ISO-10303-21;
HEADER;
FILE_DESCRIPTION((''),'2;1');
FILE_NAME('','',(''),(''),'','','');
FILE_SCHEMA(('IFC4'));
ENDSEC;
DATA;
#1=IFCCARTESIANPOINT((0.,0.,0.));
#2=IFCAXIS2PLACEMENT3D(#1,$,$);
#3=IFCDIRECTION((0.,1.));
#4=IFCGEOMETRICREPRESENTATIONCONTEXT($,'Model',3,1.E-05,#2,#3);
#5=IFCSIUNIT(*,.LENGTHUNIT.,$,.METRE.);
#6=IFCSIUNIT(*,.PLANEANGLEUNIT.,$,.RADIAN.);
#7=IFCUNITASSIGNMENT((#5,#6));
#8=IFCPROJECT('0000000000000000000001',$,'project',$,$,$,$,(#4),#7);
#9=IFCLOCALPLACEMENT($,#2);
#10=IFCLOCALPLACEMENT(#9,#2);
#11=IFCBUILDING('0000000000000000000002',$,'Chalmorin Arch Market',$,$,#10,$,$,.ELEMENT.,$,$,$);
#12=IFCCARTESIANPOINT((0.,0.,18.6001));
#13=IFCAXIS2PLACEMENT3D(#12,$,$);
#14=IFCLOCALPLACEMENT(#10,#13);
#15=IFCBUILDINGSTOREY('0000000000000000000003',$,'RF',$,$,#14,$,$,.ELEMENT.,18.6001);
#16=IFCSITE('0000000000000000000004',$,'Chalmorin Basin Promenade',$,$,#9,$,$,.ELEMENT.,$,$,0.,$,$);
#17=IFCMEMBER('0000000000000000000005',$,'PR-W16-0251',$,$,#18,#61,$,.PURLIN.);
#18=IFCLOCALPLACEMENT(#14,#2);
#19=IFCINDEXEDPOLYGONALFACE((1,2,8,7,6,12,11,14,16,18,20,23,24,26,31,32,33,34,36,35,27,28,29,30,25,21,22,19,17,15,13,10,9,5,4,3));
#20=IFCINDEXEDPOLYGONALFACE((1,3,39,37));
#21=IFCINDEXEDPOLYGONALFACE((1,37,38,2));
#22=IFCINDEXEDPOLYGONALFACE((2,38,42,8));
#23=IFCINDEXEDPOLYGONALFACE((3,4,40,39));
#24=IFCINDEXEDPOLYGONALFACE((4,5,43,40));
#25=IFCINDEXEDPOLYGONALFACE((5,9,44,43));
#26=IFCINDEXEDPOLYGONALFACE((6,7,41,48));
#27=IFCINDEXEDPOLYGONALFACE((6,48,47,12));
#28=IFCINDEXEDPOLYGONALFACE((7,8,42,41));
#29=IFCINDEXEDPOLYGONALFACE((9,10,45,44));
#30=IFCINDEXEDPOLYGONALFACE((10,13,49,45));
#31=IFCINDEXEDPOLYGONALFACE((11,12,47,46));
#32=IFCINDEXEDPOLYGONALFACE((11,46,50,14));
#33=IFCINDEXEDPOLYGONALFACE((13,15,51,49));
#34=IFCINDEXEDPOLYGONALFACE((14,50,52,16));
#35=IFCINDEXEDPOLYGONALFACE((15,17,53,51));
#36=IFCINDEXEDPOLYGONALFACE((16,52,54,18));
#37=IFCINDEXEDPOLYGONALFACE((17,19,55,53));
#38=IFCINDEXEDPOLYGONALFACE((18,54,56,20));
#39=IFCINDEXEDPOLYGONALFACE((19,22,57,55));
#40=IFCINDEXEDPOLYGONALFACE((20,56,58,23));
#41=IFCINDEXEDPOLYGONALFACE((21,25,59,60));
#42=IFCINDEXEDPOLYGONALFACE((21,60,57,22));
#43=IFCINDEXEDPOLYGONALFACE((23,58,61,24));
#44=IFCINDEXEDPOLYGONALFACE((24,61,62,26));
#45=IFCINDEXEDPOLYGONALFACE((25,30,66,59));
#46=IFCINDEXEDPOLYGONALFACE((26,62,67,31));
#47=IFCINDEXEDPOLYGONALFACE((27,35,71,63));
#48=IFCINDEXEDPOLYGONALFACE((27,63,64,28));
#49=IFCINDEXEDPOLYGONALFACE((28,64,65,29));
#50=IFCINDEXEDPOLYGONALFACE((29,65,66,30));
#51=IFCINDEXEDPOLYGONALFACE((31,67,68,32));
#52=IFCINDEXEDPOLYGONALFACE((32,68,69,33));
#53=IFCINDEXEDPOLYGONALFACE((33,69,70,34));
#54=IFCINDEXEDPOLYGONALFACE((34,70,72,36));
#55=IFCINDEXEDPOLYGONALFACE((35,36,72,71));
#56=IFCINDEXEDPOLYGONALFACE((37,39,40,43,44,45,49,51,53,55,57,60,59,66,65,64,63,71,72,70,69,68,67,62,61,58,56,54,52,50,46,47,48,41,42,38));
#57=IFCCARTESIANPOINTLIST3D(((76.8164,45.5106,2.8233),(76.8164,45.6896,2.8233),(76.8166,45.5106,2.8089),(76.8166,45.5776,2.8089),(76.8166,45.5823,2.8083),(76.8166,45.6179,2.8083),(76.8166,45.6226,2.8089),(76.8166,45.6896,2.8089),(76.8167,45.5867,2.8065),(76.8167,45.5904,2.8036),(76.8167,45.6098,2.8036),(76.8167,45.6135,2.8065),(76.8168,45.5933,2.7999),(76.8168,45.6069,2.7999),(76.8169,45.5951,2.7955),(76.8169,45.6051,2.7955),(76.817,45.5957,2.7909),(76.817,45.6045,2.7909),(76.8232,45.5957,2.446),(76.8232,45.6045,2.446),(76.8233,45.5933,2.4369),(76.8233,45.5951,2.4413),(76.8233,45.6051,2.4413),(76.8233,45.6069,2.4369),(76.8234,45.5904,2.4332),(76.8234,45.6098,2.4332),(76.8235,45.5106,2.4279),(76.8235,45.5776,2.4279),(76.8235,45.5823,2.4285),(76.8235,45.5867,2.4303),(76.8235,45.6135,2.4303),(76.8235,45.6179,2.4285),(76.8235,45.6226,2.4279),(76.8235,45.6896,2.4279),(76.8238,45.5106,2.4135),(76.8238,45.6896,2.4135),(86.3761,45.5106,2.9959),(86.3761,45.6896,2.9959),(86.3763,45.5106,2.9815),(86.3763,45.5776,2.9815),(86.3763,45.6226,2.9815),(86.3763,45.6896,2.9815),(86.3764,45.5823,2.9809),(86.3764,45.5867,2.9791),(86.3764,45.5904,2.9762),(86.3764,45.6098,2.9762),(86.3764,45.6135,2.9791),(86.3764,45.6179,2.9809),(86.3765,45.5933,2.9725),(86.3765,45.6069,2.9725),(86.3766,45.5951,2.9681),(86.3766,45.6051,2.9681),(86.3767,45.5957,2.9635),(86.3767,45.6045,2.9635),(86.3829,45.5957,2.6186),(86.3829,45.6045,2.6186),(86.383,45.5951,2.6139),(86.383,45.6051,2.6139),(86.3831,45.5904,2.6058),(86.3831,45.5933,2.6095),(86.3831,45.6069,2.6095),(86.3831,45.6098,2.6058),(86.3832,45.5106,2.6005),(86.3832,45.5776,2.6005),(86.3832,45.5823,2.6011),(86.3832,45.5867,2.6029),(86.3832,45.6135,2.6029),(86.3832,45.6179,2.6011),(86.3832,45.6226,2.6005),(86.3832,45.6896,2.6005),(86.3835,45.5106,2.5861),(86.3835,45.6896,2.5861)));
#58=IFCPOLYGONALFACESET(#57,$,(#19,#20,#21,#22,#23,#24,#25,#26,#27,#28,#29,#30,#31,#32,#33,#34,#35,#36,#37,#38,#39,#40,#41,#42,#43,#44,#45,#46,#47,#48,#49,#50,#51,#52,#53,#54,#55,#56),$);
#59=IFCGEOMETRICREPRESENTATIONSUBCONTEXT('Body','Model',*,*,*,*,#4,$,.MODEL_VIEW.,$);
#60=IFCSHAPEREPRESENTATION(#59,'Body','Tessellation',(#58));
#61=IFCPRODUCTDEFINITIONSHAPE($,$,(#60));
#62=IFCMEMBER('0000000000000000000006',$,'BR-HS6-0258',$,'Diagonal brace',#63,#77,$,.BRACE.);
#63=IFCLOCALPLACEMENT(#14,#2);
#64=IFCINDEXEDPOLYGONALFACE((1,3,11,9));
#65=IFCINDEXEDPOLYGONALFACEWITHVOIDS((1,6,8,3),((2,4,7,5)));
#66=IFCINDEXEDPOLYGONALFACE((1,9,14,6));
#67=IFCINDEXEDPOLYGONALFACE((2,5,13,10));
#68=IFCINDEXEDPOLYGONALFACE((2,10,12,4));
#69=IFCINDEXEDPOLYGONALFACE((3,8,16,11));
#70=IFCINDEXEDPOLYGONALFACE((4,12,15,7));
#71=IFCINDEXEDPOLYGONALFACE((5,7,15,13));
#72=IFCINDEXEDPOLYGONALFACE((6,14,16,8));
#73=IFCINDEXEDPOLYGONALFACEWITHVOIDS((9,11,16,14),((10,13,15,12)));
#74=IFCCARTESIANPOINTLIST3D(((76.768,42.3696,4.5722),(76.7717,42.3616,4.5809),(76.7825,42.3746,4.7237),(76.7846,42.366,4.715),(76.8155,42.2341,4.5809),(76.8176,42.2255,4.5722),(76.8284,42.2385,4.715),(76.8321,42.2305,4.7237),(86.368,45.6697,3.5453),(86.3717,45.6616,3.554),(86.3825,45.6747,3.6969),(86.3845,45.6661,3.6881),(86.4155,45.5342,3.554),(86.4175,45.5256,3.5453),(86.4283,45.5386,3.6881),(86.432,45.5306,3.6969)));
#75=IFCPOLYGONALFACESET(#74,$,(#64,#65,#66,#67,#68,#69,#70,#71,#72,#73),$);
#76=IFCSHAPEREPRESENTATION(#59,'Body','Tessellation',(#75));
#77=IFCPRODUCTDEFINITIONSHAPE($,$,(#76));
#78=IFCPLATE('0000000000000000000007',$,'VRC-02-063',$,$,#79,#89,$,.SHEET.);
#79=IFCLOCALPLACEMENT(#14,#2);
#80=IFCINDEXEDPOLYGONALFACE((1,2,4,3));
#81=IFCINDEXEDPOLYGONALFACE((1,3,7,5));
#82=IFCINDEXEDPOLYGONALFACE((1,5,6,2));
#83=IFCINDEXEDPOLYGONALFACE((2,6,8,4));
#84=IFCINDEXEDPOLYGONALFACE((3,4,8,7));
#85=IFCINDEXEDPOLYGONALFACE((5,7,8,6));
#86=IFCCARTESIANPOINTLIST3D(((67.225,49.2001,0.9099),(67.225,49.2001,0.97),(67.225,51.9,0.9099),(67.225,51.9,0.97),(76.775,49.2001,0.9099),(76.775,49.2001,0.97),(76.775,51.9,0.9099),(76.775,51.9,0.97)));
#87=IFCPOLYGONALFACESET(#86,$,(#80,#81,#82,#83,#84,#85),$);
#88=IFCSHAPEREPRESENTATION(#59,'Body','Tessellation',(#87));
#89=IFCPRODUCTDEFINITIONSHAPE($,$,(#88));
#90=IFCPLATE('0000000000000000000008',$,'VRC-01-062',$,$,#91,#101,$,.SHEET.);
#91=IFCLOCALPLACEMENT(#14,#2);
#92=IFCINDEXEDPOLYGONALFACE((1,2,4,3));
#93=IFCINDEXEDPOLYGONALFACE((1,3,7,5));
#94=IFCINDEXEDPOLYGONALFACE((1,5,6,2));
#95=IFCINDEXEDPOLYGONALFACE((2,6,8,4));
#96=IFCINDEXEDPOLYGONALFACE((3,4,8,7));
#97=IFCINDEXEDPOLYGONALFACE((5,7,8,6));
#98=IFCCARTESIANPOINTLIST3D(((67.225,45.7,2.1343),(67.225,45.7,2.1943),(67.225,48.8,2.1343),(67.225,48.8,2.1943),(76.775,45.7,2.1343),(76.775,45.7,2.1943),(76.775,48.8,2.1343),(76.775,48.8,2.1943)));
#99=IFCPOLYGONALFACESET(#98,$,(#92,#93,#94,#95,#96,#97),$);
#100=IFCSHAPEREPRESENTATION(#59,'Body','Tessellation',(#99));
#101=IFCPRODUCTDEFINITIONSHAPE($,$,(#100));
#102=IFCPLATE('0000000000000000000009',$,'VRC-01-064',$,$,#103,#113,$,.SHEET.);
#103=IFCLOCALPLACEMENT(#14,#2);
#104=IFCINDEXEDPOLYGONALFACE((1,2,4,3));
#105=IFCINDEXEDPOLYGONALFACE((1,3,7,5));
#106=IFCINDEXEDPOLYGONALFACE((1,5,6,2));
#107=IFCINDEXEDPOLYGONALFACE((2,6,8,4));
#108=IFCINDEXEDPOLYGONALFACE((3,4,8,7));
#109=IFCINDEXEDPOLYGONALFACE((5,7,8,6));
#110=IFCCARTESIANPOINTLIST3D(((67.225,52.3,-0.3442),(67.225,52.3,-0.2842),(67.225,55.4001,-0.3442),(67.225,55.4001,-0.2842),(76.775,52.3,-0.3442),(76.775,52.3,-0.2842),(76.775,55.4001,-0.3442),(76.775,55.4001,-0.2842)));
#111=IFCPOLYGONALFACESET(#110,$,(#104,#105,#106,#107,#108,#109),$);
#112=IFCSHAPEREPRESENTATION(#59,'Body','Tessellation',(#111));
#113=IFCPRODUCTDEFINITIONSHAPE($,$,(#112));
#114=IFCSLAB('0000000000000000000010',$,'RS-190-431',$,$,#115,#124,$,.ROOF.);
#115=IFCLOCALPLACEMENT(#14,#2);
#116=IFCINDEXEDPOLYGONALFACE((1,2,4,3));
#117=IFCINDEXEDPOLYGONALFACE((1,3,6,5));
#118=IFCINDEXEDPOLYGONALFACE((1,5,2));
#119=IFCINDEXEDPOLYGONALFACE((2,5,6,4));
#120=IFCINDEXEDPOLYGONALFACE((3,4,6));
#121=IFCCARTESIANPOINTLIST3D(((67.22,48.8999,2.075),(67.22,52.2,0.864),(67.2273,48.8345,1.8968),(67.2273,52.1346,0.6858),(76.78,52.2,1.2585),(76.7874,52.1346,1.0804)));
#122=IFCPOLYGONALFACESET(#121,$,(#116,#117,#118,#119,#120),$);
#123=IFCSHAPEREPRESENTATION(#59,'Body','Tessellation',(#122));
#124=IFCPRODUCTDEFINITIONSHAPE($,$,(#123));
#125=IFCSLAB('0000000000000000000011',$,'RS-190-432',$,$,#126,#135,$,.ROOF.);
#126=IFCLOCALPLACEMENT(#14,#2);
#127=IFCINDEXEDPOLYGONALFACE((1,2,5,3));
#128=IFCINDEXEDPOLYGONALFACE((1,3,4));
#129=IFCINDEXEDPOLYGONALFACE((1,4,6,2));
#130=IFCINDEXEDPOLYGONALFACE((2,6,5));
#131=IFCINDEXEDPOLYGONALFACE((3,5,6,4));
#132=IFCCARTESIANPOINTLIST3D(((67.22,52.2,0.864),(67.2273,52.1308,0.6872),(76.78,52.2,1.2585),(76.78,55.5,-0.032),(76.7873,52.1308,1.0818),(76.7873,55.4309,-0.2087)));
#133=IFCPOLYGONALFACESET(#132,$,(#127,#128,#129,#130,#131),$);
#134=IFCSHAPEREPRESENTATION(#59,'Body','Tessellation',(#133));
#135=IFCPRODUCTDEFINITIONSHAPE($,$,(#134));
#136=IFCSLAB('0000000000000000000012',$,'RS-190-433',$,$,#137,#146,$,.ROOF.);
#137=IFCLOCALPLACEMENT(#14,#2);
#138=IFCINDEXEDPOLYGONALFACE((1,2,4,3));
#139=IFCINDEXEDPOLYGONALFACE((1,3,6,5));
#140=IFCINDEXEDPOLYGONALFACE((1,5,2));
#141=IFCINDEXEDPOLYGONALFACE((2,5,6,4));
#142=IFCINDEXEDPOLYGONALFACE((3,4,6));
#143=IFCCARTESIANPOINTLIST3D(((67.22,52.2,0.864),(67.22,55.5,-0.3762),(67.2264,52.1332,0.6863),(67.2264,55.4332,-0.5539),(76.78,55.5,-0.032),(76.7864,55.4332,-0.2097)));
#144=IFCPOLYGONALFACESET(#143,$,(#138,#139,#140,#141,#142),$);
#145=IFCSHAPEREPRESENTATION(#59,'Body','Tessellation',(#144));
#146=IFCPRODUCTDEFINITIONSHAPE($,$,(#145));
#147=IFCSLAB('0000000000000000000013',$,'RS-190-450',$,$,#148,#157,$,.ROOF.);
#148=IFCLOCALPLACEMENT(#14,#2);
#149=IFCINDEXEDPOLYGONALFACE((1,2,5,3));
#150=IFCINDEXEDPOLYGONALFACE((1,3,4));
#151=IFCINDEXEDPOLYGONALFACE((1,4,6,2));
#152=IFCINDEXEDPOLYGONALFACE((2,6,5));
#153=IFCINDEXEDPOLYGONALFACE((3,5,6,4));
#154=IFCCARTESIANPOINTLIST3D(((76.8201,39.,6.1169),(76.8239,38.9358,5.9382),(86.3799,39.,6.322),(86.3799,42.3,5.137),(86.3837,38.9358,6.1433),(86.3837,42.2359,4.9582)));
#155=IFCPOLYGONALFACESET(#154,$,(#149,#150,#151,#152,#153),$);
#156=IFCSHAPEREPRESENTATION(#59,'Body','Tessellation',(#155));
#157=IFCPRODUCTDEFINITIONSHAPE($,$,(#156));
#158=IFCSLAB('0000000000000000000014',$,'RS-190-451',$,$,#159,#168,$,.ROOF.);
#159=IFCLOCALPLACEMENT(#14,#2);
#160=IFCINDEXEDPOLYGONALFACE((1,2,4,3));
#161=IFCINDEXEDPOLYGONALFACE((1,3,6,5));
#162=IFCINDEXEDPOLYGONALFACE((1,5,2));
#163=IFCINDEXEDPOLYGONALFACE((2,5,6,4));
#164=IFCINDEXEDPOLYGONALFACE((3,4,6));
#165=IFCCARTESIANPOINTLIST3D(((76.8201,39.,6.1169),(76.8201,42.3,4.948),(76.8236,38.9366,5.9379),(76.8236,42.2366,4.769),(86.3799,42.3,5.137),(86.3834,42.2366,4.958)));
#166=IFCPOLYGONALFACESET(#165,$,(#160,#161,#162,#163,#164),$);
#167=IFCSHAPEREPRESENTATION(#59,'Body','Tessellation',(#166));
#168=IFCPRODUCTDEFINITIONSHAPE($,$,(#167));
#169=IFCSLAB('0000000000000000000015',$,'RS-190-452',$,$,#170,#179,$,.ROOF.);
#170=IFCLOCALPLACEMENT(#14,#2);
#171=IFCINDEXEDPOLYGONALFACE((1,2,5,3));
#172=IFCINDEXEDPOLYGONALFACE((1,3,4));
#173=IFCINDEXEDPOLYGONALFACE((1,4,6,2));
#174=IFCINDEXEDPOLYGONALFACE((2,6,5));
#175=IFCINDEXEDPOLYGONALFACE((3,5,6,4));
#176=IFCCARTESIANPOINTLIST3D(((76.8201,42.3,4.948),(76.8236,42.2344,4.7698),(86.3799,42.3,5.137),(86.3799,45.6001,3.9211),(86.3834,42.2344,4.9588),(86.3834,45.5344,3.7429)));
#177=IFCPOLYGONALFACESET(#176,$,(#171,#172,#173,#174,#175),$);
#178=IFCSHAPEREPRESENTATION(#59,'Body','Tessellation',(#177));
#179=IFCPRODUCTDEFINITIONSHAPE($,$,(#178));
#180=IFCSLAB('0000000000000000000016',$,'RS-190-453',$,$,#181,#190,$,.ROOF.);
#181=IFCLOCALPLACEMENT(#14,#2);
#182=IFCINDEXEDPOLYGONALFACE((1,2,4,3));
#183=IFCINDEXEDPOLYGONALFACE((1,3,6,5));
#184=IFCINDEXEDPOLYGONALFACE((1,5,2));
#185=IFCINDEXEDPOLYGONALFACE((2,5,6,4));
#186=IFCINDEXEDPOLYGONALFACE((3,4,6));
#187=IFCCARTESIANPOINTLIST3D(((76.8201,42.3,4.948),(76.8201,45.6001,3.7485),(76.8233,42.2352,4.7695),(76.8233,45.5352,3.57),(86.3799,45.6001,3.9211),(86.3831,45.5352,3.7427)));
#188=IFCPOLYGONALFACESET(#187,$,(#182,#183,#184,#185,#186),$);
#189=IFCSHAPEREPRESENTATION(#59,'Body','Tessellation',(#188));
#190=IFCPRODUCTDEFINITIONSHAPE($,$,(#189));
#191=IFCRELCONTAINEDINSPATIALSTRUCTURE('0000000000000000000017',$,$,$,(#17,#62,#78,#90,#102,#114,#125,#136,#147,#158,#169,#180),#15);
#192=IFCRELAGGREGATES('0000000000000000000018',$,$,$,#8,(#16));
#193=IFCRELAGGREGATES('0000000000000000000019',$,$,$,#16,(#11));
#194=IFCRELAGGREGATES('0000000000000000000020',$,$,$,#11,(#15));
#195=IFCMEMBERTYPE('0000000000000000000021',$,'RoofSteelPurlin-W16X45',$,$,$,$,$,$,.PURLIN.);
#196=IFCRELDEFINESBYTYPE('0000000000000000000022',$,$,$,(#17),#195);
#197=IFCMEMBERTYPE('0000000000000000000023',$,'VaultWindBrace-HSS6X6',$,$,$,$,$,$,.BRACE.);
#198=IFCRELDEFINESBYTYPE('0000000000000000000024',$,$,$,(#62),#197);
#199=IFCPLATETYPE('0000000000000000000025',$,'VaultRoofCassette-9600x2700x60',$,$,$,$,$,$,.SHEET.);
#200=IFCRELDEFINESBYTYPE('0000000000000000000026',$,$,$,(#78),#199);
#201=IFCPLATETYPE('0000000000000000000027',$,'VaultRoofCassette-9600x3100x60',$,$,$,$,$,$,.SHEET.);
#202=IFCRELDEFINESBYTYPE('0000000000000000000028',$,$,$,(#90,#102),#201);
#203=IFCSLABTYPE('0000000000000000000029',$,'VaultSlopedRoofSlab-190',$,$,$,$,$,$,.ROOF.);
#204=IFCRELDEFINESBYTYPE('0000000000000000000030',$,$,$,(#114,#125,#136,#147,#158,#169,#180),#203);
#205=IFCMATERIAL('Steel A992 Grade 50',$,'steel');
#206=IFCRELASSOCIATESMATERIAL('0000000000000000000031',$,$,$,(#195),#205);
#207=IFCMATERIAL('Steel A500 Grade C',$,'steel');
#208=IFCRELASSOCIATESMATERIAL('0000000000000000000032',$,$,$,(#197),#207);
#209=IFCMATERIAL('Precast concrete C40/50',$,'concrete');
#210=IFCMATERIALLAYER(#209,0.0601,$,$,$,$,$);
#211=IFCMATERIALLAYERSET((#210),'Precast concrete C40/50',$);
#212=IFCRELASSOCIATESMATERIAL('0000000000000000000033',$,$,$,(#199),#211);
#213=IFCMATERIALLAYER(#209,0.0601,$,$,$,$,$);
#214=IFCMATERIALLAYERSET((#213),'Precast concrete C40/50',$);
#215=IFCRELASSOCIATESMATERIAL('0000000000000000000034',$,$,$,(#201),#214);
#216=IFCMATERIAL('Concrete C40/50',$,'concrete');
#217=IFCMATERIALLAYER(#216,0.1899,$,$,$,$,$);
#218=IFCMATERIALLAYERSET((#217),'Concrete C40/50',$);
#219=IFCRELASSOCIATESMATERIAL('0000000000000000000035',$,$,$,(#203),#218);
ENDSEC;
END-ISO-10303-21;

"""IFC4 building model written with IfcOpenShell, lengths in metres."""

from ifc_helpers import new_model, si_unit, direction, frame, origin, origin_2d, place, context, subcontext, project, spatial, polyline, rectangle, hollow_rectangle, i_section, outline, extrude, material, layer, layer_set, material_profile, profile_set, type_object, element, save


model = new_model("IFC4")

# Units and contexts
model_context = context("Model", 3, precision=1e-05, world=origin(), true_north=direction((0.0, 1.0)))
body_context = subcontext(model_context, "Body", "Model", "MODEL_VIEW")
ifc_project = project(units=[si_unit("LENGTHUNIT", "METRE"), si_unit("PLANEANGLEUNIT", "RADIAN")], contexts=[model_context])

# Site, building, storey
site_placement = place(None, origin())
site = spatial("IfcSite", under=ifc_project, at=site_placement, Name="Chalmorin Basin Promenade", CompositionType="ELEMENT", RefElevation=0.0)
building_placement = place(site_placement, origin())
building = spatial("IfcBuilding", under=site, at=building_placement, Name="Chalmorin Arch Market", CompositionType="ELEMENT")
storey_placement = place(building_placement, frame((0.0, 0.0, 18.6001)))
storey = spatial("IfcBuildingStorey", under=building, at=storey_placement, Name="RF", CompositionType="ELEMENT", Elevation=18.6001)

# Shared definitions
ifc_material_1 = material(Name="Steel A500 Grade C", Category="steel")

# Members
ifc_material_2 = material(Name="Steel A992 Grade 50", Category="steel")
ifc_material_profile_1 = material_profile(ifc_material_2, i_section(OverallWidth=0.179, OverallDepth=0.4099, WebThickness=0.0088, FlangeThickness=0.0144, FilletRadius=0.0181, at=origin_2d()), Name="W16X45")
ifc_profile_set_1 = profile_set([ifc_material_profile_1], Name="Steel A992 Grade 50")
member_type_1 = type_object("IfcMemberType", Name="RoofSteelPurlin-W16X45", PredefinedType="PURLIN", material=ifc_profile_set_1)
member_1_placement = place(storey_placement, frame((76.8201, 45.6001, 2.6184), z_axis=(0.999837, 0.0, 0.018053), x_axis=(0.0, 1.0, 0.0)))
element("IfcMember", 1, at=member_1_placement, inside=storey, type_object=member_type_1, Name="PR-W16-0251", PredefinedType="PURLIN", context=body_context, shape_type="SweptSolid", body=[
    extrude(i_section(OverallWidth=0.179, OverallDepth=0.4099, WebThickness=0.0088, FlangeThickness=0.0144, FilletRadius=0.0181, at=origin_2d()), origin(), (0.0, 0.0, 1.0), 9.5613),
])
ifc_material_profile_2 = material_profile(ifc_material_1, hollow_rectangle(XDim=0.1523, YDim=0.1523, WallThickness=0.0088, at=origin_2d()), Name="HSS6X6X3/8")
ifc_profile_set_2 = profile_set([ifc_material_profile_2], Name="Steel A500 Grade C")
member_type_2 = type_object("IfcMemberType", Name="VaultWindBrace-HSS6X6", PredefinedType="BRACE", material=ifc_profile_set_2)
member_2_placement = place(storey_placement, frame((76.8, 42.3, 4.6479), z_axis=(0.940882, 0.323438, -0.100642), x_axis=(-0.325089, 0.945684, 0.0)))
element("IfcMember", 2, at=member_2_placement, inside=storey, type_object=member_type_2, Name="BR-HS6-0258", ObjectType="Diagonal brace", PredefinedType="BRACE", context=body_context, shape_type="SweptSolid", body=[
    extrude(hollow_rectangle(XDim=0.1523, YDim=0.1523, WallThickness=0.0088, at=origin_2d()), origin(), (0.0, 0.0, 1.0), 10.2031),
])

# Plates
ifc_material_3 = material(Name="Precast concrete C40/50", Category="concrete")
ifc_layer_1 = layer(ifc_material_3, 0.0601)
ifc_layer_set_1 = layer_set([ifc_layer_1], Name="Precast concrete C40/50")
plate_type_1 = type_object("IfcPlateType", Name="VaultRoofCassette-9600x2700x60", PredefinedType="SHEET", material=ifc_layer_set_1)
plate_placement = place(storey_placement, frame((72.0, 50.55, 0.9099), z_axis=(0.0, 0.0, 1.0), x_axis=(1.0, 0.0, 0.0)))
element("IfcPlate", 3, at=plate_placement, inside=storey, type_object=plate_type_1, Name="VRC-02-063", PredefinedType="SHEET", context=body_context, shape_type="SweptSolid", body=[
    extrude(rectangle(XDim=9.55, YDim=2.7, at=origin_2d()), origin(), (0.0, 0.0, 1.0), 0.0601),
])
ifc_layer_2 = layer(ifc_material_3, 0.0601)
ifc_layer_set_2 = layer_set([ifc_layer_2], Name="Precast concrete C40/50")
plate_type_2 = type_object("IfcPlateType", Name="VaultRoofCassette-9600x3100x60", PredefinedType="SHEET", material=ifc_layer_set_2)
for number, where, z_axis, x_axis, name in (
    (4, (72.0, 47.25, 2.1343), (0.0, 0.0, 1.0), (1.0, 0.0, 0.0), "VRC-01-062"),
    (5, (72.0, 53.8501, -0.3442), (0.0, 0.0, 1.0), (1.0, 0.0, 0.0), "VRC-01-064"),
):
    element("IfcPlate", number, at=place(storey_placement, frame(where, z_axis=z_axis, x_axis=x_axis)), inside=storey, type_object=plate_type_2, Name=name, PredefinedType="SHEET", context=body_context, shape_type="SweptSolid", body=[
        extrude(rectangle(XDim=9.55, YDim=3.1001, at=origin_2d()), origin(), (0.0, 0.0, 1.0), 0.0601),
    ])

# Slabs
ifc_material_4 = material(Name="Concrete C40/50", Category="concrete")
ifc_layer_3 = layer(ifc_material_4, 0.1899)
ifc_layer_set_3 = layer_set([ifc_layer_3], Name="Concrete C40/50")
slab_type = type_object("IfcSlabType", Name="VaultSlopedRoofSlab-190", PredefinedType="ROOF", material=ifc_layer_set_3)
slab_1_placement = place(storey_placement, frame((67.22, 48.8999, 2.075), z_axis=(-0.038714, 0.344227, 0.938088), x_axis=(0.942202, 0.32524, -0.080462)))
element("IfcSlab", 6, at=slab_1_placement, inside=storey, type_object=slab_type, Name="RS-190-431", PredefinedType="ROOF", context=body_context, shape_type="SweptSolid", body=[
    extrude(outline(polyline([(0.0, 0.0), (10.1465, 0.0), (1.1707, 3.3145), (0.0, 0.0)])), origin(), (0.0, 0.0, -1.0), 0.1899),
])
slab_2_placement = place(storey_placement, frame((67.22, 52.2, 0.864), z_axis=(-0.038406, 0.363936, 0.930632), x_axis=(0.99915, 0.0, 0.041234)))
element("IfcSlab", 7, at=slab_2_placement, inside=storey, type_object=slab_type, Name="RS-190-432", PredefinedType="ROOF", context=body_context, shape_type="SweptSolid", body=[
    extrude(outline(polyline([(0.0, 0.0), (9.5682, 0.0), (9.515, 3.543), (0.0, 0.0)])), origin(), (0.0, 0.0, -1.0), 0.1899),
])
slab_3_placement = place(storey_placement, frame((67.22, 52.2, 0.864), z_axis=(-0.033687, 0.351599, 0.935544), x_axis=(0.941579, 0.325025, -0.088247)))
element("IfcSlab", 8, at=slab_3_placement, inside=storey, type_object=slab_type, Name="RS-190-433", PredefinedType="ROOF", context=body_context, shape_type="SweptSolid", body=[
    extrude(outline(polyline([(0.0, 0.0), (10.1532, 0.0), (1.182, 3.3213), (0.0, 0.0)])), origin(), (0.0, 0.0, -1.0), 0.1899),
])
slab_4_placement = place(storey_placement, frame((76.8201, 39.0, 6.1169), z_axis=(-0.020186, 0.337903, 0.940964), x_axis=(0.99977, 0.0, 0.021447)))
element("IfcSlab", 9, at=slab_4_placement, inside=storey, type_object=slab_type, Name="RS-190-450", PredefinedType="ROOF", context=body_context, shape_type="SweptSolid", body=[
    extrude(outline(polyline([(0.0, 0.0), (9.562, 0.0), (9.5366, 3.5063), (0.0, 0.0)])), origin(), (0.0, 0.0, -1.0), 0.1899),
])
slab_5_placement = place(storey_placement, frame((76.8201, 39.0, 6.1169), z_axis=(-0.018629, 0.333834, 0.942448), x_axis=(0.940858, 0.324784, -0.096448)))
element("IfcSlab", 10, at=slab_5_placement, inside=storey, type_object=slab_type, Name="RS-190-451", PredefinedType="ROOF", context=body_context, shape_type="SweptSolid", body=[
    extrude(outline(polyline([(0.0, 0.0), (10.1607, 0.0), (1.1845, 3.2945), (0.0, 0.0)])), origin(), (0.0, 0.0, -1.0), 0.1899),
])
slab_6_placement = place(storey_placement, frame((76.8201, 42.3, 4.948), z_axis=(-0.018545, 0.345649, 0.938181), x_axis=(0.999805, 0.0, 0.019763)))
element("IfcSlab", 11, at=slab_6_placement, inside=storey, type_object=slab_type, Name="RS-190-452", PredefinedType="ROOF", context=body_context, shape_type="SweptSolid", body=[
    extrude(outline(polyline([(0.0, 0.0), (9.5617, 0.0), (9.5377, 3.5168), (0.0, 0.0)])), origin(), (0.0, 0.0, -1.0), 0.1899),
])
slab_7_placement = place(storey_placement, frame((76.8201, 42.3, 4.948), z_axis=(-0.016967, 0.341554, 0.939709), x_axis=(0.940429, 0.324636, -0.101015)))
element("IfcSlab", 12, at=slab_7_placement, inside=storey, type_object=slab_type, Name="RS-190-453", PredefinedType="ROOF", context=body_context, shape_type="SweptSolid", body=[
    extrude(outline(polyline([(0.0, 0.0), (10.1654, 0.0), (1.1925, 3.3026), (0.0, 0.0)])), origin(), (0.0, 0.0, -1.0), 0.1899),
])

save(model, "model.ifc")
